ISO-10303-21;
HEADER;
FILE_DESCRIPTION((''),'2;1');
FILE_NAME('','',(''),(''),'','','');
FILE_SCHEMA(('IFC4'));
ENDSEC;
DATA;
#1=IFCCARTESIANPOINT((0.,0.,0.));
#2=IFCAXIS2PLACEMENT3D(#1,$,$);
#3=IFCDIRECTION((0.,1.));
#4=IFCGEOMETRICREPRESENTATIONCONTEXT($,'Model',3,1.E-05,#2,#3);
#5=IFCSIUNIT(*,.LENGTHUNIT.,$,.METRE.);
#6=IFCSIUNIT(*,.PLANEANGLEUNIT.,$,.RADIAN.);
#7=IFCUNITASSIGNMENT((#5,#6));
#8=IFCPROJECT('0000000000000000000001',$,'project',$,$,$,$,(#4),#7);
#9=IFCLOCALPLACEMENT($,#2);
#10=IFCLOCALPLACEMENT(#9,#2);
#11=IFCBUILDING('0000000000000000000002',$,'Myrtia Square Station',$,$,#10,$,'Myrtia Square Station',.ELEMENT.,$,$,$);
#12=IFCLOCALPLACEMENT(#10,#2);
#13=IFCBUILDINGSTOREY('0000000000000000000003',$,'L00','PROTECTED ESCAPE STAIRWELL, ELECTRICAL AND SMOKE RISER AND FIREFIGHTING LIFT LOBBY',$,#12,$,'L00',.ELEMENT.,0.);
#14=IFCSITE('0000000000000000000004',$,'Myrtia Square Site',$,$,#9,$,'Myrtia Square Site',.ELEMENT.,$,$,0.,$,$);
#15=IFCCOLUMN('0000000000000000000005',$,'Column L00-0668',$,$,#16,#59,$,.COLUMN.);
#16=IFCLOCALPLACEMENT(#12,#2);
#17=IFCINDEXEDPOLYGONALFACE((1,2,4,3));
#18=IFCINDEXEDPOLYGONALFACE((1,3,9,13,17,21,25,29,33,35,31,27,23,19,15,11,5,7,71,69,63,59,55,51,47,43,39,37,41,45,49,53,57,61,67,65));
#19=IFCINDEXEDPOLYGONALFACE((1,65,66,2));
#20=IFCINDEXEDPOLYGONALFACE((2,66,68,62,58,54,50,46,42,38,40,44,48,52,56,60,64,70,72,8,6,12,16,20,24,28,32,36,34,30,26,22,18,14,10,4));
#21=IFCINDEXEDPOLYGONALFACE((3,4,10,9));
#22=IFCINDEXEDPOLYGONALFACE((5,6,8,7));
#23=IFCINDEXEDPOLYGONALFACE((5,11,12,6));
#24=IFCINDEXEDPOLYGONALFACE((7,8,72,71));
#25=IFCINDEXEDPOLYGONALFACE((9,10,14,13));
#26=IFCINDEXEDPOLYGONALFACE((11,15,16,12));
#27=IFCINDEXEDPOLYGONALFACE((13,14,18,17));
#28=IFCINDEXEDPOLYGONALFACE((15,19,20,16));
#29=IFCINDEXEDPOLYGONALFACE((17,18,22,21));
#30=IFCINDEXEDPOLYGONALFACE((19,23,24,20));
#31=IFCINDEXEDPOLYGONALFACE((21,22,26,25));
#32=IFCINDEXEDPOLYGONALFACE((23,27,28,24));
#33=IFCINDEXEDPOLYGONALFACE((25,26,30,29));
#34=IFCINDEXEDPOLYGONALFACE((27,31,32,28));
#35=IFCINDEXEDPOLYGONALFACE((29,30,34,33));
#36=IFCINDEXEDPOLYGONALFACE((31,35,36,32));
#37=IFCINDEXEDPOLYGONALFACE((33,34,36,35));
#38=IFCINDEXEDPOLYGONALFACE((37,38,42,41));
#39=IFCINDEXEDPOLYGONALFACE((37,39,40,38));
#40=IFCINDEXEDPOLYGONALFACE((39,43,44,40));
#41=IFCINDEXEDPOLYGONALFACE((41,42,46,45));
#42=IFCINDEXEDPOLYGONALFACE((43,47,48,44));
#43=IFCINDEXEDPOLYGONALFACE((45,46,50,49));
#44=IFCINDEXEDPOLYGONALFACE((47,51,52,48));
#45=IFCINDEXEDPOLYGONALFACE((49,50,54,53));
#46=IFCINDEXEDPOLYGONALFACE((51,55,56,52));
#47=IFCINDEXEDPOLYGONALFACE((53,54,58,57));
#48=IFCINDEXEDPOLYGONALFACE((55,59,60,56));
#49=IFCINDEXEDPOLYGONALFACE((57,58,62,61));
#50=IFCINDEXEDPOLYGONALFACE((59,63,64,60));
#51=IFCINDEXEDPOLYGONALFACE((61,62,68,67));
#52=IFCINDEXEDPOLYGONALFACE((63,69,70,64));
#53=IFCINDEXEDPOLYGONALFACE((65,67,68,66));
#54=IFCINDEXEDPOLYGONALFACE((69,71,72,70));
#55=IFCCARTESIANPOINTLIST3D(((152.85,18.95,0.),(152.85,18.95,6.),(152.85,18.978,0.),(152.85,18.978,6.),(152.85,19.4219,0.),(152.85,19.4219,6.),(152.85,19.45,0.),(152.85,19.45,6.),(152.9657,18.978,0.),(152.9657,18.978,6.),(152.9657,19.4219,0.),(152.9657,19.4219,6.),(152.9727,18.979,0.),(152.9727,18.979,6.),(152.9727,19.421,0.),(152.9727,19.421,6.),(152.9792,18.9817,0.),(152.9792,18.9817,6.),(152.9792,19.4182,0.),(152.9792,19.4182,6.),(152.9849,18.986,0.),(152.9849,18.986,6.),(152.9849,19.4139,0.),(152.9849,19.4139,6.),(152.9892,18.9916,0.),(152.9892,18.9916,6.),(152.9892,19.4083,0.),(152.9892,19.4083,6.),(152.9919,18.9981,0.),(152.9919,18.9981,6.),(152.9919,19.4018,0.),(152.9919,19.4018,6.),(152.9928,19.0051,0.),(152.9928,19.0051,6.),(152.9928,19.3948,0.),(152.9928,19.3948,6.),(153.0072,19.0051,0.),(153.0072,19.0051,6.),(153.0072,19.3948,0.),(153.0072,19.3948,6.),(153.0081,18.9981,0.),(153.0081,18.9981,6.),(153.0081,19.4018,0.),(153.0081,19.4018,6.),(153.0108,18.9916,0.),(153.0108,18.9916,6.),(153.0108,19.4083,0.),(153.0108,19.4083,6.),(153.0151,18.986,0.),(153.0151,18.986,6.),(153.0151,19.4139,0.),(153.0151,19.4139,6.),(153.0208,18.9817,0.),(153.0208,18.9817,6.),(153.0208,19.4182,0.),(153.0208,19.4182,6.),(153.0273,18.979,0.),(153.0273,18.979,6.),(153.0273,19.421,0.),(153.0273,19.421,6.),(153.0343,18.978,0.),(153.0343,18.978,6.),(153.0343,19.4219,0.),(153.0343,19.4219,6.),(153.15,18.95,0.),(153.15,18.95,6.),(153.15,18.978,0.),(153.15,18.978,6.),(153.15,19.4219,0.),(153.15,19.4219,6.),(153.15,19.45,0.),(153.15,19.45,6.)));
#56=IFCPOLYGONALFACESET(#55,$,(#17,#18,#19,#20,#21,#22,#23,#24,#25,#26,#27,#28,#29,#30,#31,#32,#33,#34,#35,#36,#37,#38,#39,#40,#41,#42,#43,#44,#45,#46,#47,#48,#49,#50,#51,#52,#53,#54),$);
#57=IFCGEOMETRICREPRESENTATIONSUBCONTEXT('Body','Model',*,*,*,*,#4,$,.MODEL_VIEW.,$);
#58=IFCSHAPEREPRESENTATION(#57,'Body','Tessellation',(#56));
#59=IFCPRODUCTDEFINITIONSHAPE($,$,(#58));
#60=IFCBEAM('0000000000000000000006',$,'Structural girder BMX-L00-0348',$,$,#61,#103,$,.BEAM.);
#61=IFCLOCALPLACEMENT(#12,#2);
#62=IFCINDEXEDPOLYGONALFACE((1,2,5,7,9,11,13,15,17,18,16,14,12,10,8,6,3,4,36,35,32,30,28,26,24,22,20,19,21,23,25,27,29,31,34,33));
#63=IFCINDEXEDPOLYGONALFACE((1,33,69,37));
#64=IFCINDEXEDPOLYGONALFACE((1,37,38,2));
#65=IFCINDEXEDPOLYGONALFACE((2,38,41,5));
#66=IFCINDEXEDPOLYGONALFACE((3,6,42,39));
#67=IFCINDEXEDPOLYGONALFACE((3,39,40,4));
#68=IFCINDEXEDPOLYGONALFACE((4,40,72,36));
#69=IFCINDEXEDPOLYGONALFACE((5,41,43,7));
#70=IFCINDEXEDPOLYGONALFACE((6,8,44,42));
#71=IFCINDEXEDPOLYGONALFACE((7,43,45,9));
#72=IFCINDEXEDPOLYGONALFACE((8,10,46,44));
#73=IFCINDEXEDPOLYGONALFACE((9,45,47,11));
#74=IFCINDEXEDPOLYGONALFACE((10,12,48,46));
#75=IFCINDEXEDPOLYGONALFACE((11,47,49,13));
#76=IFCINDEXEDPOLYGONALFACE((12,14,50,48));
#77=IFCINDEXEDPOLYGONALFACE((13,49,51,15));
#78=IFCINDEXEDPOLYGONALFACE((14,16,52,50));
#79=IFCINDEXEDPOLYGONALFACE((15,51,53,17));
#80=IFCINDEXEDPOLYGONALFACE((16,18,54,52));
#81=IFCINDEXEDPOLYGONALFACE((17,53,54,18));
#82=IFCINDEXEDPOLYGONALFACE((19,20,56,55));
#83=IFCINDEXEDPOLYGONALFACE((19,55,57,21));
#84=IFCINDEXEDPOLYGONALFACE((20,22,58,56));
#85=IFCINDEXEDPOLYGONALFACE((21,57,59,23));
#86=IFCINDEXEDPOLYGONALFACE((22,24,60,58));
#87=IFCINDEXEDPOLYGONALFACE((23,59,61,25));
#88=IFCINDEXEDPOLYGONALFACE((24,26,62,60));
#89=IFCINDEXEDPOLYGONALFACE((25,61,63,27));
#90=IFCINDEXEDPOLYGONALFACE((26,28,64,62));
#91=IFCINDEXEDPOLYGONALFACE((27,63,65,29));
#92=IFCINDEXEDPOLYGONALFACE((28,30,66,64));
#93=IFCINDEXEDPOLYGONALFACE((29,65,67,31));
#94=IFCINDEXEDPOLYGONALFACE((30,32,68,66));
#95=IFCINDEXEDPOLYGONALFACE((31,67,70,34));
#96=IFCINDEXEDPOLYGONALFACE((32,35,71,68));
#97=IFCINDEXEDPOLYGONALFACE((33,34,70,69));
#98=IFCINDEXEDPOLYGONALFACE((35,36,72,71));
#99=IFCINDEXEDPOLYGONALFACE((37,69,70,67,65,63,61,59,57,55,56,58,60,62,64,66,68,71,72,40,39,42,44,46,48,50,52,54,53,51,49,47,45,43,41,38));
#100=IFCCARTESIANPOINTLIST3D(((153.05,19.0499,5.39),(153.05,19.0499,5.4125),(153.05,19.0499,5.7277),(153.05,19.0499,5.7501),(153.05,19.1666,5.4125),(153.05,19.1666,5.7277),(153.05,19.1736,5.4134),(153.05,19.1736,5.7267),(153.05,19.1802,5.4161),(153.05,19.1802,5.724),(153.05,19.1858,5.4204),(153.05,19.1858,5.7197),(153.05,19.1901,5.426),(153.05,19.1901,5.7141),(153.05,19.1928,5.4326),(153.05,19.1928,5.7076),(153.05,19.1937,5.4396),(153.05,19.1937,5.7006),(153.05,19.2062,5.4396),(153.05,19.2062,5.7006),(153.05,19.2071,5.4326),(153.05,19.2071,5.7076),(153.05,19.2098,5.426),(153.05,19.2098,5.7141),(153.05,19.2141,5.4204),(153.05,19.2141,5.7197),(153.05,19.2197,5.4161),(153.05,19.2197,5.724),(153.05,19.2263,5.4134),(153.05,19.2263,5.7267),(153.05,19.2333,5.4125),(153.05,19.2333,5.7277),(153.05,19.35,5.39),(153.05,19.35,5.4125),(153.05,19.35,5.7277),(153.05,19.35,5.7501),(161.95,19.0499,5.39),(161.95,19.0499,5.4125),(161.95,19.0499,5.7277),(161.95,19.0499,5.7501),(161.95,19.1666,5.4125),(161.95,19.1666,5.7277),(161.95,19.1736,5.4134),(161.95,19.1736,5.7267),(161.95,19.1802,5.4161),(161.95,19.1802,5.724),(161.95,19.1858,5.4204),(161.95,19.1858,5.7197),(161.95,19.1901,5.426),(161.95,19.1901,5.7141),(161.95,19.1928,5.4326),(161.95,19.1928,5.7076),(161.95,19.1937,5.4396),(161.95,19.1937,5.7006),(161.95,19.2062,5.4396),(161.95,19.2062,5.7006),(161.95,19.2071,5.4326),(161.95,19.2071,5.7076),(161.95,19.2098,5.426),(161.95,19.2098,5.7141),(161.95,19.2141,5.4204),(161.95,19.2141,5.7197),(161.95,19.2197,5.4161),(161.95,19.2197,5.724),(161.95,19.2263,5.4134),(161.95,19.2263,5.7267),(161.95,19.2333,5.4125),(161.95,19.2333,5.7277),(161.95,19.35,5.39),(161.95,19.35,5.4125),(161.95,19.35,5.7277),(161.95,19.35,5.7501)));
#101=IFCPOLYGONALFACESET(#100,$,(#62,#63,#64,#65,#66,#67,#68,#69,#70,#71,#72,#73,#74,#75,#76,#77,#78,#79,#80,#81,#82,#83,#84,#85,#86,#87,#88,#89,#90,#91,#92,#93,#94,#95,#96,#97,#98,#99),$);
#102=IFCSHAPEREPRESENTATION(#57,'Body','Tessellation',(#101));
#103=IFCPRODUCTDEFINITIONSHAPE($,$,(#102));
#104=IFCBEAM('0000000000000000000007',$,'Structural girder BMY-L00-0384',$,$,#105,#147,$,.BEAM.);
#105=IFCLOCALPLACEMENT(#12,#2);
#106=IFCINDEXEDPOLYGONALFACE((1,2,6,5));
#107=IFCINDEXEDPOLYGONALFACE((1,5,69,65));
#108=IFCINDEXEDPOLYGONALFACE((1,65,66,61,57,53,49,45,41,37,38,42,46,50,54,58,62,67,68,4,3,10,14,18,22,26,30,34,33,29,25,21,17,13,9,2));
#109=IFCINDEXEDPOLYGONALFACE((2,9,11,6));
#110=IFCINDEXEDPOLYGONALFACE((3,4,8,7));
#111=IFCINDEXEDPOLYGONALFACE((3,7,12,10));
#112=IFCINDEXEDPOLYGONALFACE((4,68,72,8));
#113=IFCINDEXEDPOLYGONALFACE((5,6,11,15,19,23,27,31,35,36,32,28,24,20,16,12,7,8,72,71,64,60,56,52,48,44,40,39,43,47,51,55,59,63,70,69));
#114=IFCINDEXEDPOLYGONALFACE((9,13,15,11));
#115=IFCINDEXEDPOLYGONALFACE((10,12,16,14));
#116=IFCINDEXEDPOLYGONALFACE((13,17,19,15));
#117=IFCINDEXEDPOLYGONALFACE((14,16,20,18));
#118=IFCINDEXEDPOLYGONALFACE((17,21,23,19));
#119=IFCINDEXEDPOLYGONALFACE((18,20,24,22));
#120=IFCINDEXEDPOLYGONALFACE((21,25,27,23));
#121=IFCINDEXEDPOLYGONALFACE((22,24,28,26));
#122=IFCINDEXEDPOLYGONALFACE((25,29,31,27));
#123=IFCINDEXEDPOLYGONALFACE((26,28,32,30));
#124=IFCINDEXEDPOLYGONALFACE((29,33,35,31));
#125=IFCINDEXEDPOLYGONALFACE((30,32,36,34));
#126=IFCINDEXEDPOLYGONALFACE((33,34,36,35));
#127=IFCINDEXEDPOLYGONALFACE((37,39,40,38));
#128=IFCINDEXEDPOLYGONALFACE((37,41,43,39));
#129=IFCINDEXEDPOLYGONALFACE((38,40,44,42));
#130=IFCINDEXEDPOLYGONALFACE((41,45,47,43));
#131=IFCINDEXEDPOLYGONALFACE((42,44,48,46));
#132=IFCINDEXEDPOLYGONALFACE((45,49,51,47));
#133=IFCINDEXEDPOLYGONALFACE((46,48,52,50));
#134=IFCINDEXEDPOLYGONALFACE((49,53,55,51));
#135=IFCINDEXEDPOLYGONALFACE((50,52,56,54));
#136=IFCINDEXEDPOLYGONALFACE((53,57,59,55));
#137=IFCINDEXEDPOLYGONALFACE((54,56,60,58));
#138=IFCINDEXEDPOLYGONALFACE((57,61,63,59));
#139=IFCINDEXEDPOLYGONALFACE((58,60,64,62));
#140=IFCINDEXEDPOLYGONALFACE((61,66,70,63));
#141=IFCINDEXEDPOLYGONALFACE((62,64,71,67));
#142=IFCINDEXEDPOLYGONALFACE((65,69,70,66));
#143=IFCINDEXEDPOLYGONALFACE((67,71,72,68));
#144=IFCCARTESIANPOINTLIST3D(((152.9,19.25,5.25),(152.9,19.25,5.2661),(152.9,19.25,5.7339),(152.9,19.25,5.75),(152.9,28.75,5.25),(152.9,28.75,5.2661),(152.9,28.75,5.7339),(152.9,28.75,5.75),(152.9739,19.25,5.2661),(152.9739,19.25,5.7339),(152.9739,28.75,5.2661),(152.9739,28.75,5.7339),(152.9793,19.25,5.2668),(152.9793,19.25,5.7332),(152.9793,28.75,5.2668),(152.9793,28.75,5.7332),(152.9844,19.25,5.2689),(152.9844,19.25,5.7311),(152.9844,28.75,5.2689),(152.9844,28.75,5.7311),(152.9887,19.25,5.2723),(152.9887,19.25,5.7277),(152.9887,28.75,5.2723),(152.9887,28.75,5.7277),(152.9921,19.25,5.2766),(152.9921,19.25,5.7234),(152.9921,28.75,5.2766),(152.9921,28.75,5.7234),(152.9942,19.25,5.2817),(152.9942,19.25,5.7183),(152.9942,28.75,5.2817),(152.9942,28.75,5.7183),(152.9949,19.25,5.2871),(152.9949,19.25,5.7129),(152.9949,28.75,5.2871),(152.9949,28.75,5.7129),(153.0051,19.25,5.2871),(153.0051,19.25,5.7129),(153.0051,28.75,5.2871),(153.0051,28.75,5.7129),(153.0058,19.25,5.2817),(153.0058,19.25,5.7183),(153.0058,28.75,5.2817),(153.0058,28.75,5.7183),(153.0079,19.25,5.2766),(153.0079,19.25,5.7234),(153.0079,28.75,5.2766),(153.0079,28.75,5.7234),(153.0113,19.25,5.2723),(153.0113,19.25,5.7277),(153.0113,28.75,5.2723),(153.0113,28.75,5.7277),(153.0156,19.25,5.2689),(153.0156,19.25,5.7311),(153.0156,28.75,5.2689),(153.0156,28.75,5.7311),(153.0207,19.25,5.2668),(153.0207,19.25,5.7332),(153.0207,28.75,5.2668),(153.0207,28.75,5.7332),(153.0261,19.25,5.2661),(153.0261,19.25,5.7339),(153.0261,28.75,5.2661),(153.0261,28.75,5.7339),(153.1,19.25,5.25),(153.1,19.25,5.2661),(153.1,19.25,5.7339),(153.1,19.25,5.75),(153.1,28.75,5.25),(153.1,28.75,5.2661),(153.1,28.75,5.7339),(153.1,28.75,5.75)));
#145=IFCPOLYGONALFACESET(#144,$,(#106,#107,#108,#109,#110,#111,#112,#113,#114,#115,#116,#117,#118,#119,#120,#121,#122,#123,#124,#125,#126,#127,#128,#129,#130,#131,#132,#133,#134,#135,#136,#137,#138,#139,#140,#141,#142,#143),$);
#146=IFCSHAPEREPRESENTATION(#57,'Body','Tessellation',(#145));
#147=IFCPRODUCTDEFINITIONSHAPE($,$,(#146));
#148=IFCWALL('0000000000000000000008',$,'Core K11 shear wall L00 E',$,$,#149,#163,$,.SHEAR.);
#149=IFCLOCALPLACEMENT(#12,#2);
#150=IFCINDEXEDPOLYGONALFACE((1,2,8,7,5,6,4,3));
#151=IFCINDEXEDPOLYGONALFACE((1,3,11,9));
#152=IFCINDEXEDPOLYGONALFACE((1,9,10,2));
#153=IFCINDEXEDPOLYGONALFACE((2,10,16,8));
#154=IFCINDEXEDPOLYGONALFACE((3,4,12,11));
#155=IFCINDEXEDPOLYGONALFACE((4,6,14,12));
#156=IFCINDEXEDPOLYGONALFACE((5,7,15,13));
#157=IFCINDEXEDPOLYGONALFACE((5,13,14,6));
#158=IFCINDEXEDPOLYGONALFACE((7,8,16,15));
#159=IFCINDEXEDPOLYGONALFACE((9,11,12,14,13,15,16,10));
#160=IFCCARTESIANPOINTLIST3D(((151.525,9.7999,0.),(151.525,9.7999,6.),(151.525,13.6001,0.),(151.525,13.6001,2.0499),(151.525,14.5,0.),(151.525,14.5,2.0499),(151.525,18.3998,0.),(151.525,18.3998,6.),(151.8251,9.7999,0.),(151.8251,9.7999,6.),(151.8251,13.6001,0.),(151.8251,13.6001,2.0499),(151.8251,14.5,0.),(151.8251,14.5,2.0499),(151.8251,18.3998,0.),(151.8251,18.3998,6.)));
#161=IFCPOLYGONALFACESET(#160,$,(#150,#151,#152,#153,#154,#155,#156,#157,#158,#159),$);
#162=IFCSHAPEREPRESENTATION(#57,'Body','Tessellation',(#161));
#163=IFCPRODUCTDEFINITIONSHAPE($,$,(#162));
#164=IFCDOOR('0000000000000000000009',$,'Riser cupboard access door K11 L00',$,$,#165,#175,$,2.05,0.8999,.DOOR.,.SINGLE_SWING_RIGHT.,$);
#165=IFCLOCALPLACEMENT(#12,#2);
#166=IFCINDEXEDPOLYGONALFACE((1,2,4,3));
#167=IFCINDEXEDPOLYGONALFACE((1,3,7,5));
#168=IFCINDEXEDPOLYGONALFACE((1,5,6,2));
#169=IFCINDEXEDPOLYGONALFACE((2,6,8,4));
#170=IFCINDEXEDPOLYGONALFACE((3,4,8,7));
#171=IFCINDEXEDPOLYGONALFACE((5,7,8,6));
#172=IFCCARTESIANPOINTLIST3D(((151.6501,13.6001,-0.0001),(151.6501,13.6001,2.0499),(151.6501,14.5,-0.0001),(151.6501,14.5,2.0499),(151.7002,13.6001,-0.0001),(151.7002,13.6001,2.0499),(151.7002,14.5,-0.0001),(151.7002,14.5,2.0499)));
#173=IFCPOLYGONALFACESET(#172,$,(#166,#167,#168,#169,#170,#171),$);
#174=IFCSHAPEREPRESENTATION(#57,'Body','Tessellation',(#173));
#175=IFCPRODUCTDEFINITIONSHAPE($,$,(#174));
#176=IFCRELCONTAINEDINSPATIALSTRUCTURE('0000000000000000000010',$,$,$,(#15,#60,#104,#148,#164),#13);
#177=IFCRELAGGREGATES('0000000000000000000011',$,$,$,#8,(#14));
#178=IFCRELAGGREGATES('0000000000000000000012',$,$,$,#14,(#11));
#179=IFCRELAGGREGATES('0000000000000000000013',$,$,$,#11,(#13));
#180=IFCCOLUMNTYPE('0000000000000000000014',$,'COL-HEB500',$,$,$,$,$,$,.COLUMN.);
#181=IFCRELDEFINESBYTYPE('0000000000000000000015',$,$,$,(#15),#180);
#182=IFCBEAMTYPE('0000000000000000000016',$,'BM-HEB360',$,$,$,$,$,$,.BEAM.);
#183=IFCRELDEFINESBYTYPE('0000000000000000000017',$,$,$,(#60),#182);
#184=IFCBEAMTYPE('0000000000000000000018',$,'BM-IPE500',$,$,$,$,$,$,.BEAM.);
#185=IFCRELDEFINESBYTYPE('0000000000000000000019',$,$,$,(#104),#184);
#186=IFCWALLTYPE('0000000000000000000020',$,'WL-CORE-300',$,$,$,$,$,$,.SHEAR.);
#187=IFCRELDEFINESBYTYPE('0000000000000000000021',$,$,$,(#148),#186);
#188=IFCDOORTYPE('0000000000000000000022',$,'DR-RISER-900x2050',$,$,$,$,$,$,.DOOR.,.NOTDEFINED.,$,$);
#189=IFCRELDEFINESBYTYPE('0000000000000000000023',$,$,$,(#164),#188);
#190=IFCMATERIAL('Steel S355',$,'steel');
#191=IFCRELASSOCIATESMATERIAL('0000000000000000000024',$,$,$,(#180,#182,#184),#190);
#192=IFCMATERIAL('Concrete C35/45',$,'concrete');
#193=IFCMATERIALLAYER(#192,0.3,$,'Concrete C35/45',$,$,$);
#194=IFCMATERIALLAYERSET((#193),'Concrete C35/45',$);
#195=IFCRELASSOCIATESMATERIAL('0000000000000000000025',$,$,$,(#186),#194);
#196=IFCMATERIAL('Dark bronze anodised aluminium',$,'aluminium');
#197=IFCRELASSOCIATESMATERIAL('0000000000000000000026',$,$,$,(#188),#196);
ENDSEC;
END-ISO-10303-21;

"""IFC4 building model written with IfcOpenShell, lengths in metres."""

from ifc_helpers import new_model, si_unit, direction, frame, frame_2d, origin, origin_2d, place, context, subcontext, project, spatial, rectangle, i_section, extrude, material, layer, layer_set, material_profile, profile_set, type_object, element, fill, save


model = new_model("IFC4")

# Units and contexts
model_context = context("Model", 3, precision=1e-05, world=origin(), true_north=direction((0.0, 1.0)))
body_context = subcontext(model_context, "Body", "Model", "MODEL_VIEW")
ifc_project = project(units=[si_unit("LENGTHUNIT", "METRE"), si_unit("PLANEANGLEUNIT", "RADIAN")], contexts=[model_context])

# Site, building, storey
site_placement = place(None, origin())
site = spatial("IfcSite", under=ifc_project, at=site_placement, Name="Myrtia Square Site", LongName="Myrtia Square Site", CompositionType="ELEMENT", RefElevation=0.0)
building_placement = place(site_placement, origin())
building = spatial("IfcBuilding", under=site, at=building_placement, Name="Myrtia Square Station", LongName="Myrtia Square Station", CompositionType="ELEMENT")
storey_placement = place(building_placement, origin())
storey = spatial("IfcBuildingStorey", under=building, at=storey_placement, Name="L00", Description="PROTECTED ESCAPE STAIRWELL, ELECTRICAL AND SMOKE RISER AND FIREFIGHTING LIFT LOBBY", LongName="L00", CompositionType="ELEMENT", Elevation=0.0)

# Column
ifc_material_1 = material(Name="Steel S355", Category="steel")
ifc_material_profile_1 = material_profile(ifc_material_1, i_section(OverallWidth=0.3, OverallDepth=0.5, WebThickness=0.0144, FlangeThickness=0.0281, FilletRadius=0.0271, at=origin_2d()), Name="HEB 500")
ifc_profile_set_1 = profile_set([ifc_material_profile_1], Name="Steel S355")
column_type = type_object("IfcColumnType", Name="COL-HEB500", PredefinedType="COLUMN", material=ifc_profile_set_1)
column_placement = place(storey_placement, frame((153.0, 19.2, 0.0), z_axis=(0.0, 0.0, 1.0), x_axis=(1.0, 0.0, 0.0)))
element("IfcColumn", 1, at=column_placement, inside=storey, type_object=column_type, Name="Column L00-0668", PredefinedType="COLUMN", context=body_context, shape_type="SweptSolid", body=[
    extrude(i_section(OverallWidth=0.3, OverallDepth=0.5, WebThickness=0.0144, FlangeThickness=0.0281, FilletRadius=0.0271, at=origin_2d()), origin(), (0.0, 0.0, 1.0), 6.0),
])

# Beams
ifc_material_profile_2 = material_profile(ifc_material_1, i_section(OverallWidth=0.3, OverallDepth=0.3601, WebThickness=0.0125, FlangeThickness=0.0225, FilletRadius=0.0271, at=origin_2d()), Name="HEB 360")
ifc_profile_set_2 = profile_set([ifc_material_profile_2], Name="Steel S355")
beam_type_1 = type_object("IfcBeamType", Name="BM-HEB360", PredefinedType="BEAM", material=ifc_profile_set_2)
beam_1_placement = place(storey_placement, frame((153.05, 19.2, 5.5701), z_axis=(1.0, 0.0, 0.0), x_axis=(0.0, 1.0, 0.0)))
element("IfcBeam", 2, at=beam_1_placement, inside=storey, type_object=beam_type_1, Name="Structural girder BMX-L00-0348", PredefinedType="BEAM", context=body_context, shape_type="SweptSolid", body=[
    extrude(i_section(OverallWidth=0.3, OverallDepth=0.3601, WebThickness=0.0125, FlangeThickness=0.0225, FilletRadius=0.0271, at=origin_2d()), origin(), (0.0, 0.0, 1.0), 8.8999),
])
ifc_material_profile_3 = material_profile(ifc_material_1, i_section(OverallWidth=0.2, OverallDepth=0.5, WebThickness=0.0103, FlangeThickness=0.0161, FilletRadius=0.021, at=origin_2d()), Name="IPE 500")
ifc_profile_set_3 = profile_set([ifc_material_profile_3], Name="Steel S355")
beam_type_2 = type_object("IfcBeamType", Name="BM-IPE500", PredefinedType="BEAM", material=ifc_profile_set_3)
beam_2_placement = place(storey_placement, frame((153.0, 19.25, 5.5), z_axis=(0.0, 1.0, 0.0), x_axis=(-1.0, 0.0, 0.0)))
element("IfcBeam", 3, at=beam_2_placement, inside=storey, type_object=beam_type_2, Name="Structural girder BMY-L00-0384", PredefinedType="BEAM", context=body_context, shape_type="SweptSolid", body=[
    extrude(i_section(OverallWidth=0.2, OverallDepth=0.5, WebThickness=0.0103, FlangeThickness=0.0161, FilletRadius=0.021, at=origin_2d()), origin(), (0.0, 0.0, 1.0), 9.5),
])

# Wall, opening, door
ifc_material_2 = material(Name="Concrete C35/45", Category="concrete")
ifc_layer_1 = layer(ifc_material_2, 0.3, Name="Concrete C35/45")
ifc_layer_set_1 = layer_set([ifc_layer_1], Name="Concrete C35/45")
wall_type_1 = type_object("IfcWallType", Name="WL-CORE-300", PredefinedType="SHEAR", material=ifc_layer_set_1)
wall_1_placement = place(storey_placement, frame((151.675, 9.8, 0.0), z_axis=(0.0, 0.0, 1.0), x_axis=(0.0, 1.0, 0.0)))
wall_1 = element("IfcWall", 4, at=wall_1_placement, inside=storey, type_object=wall_type_1, Name="Core K11 shear wall L00 E", PredefinedType="SHEAR", context=body_context, shape_type="SweptSolid", body=[
    extrude(rectangle(XDim=8.5999, YDim=0.3, at=frame_2d((4.2998, 0.0))), origin(), (0.0, 0.0, 1.0), 6.0),
])
opening_1_placement = place(wall_1_placement, frame((3.8, 0.0, 0.0)))
opening_1 = element("IfcOpeningElement", 5, at=opening_1_placement, cuts=wall_1, PredefinedType="OPENING", context=body_context, shape_type="SweptSolid", body=[
    extrude(rectangle(XDim=0.8999, YDim=2.05, at=frame_2d((0.45, 1.0249))), frame((0.0, 0.165, 0.0), z_axis=(0.0, -1.0, 0.0), x_axis=(1.0, 0.0, 0.0)), (0.0, 0.0, 1.0), 0.3301),
])
ifc_material_3 = material(Name="Dark bronze anodised aluminium", Category="aluminium")
door_type_1 = type_object("IfcDoorType", Name="DR-RISER-900x2050", OperationType="NOTDEFINED", PredefinedType="DOOR", material=ifc_material_3)
door_1_placement = place(opening_1_placement, origin())
door_1 = element("IfcDoor", 6, at=door_1_placement, inside=storey, type_object=door_type_1, Name="Riser cupboard access door K11 L00", OperationType="SINGLE_SWING_RIGHT", OverallHeight=2.05, OverallWidth=0.8999, PredefinedType="DOOR", context=body_context, shape_type="SweptSolid", body=[
    extrude(rectangle(XDim=0.8999, YDim=2.05, at=frame_2d((0.45, 1.0249))), frame((0.0, 0.0249, 0.0), z_axis=(0.0, -1.0, 0.0), x_axis=(1.0, 0.0, 0.0)), (0.0, 0.0, 1.0), 0.05),
])
fill(opening_1, door_1)

save(model, "model.ifc")
